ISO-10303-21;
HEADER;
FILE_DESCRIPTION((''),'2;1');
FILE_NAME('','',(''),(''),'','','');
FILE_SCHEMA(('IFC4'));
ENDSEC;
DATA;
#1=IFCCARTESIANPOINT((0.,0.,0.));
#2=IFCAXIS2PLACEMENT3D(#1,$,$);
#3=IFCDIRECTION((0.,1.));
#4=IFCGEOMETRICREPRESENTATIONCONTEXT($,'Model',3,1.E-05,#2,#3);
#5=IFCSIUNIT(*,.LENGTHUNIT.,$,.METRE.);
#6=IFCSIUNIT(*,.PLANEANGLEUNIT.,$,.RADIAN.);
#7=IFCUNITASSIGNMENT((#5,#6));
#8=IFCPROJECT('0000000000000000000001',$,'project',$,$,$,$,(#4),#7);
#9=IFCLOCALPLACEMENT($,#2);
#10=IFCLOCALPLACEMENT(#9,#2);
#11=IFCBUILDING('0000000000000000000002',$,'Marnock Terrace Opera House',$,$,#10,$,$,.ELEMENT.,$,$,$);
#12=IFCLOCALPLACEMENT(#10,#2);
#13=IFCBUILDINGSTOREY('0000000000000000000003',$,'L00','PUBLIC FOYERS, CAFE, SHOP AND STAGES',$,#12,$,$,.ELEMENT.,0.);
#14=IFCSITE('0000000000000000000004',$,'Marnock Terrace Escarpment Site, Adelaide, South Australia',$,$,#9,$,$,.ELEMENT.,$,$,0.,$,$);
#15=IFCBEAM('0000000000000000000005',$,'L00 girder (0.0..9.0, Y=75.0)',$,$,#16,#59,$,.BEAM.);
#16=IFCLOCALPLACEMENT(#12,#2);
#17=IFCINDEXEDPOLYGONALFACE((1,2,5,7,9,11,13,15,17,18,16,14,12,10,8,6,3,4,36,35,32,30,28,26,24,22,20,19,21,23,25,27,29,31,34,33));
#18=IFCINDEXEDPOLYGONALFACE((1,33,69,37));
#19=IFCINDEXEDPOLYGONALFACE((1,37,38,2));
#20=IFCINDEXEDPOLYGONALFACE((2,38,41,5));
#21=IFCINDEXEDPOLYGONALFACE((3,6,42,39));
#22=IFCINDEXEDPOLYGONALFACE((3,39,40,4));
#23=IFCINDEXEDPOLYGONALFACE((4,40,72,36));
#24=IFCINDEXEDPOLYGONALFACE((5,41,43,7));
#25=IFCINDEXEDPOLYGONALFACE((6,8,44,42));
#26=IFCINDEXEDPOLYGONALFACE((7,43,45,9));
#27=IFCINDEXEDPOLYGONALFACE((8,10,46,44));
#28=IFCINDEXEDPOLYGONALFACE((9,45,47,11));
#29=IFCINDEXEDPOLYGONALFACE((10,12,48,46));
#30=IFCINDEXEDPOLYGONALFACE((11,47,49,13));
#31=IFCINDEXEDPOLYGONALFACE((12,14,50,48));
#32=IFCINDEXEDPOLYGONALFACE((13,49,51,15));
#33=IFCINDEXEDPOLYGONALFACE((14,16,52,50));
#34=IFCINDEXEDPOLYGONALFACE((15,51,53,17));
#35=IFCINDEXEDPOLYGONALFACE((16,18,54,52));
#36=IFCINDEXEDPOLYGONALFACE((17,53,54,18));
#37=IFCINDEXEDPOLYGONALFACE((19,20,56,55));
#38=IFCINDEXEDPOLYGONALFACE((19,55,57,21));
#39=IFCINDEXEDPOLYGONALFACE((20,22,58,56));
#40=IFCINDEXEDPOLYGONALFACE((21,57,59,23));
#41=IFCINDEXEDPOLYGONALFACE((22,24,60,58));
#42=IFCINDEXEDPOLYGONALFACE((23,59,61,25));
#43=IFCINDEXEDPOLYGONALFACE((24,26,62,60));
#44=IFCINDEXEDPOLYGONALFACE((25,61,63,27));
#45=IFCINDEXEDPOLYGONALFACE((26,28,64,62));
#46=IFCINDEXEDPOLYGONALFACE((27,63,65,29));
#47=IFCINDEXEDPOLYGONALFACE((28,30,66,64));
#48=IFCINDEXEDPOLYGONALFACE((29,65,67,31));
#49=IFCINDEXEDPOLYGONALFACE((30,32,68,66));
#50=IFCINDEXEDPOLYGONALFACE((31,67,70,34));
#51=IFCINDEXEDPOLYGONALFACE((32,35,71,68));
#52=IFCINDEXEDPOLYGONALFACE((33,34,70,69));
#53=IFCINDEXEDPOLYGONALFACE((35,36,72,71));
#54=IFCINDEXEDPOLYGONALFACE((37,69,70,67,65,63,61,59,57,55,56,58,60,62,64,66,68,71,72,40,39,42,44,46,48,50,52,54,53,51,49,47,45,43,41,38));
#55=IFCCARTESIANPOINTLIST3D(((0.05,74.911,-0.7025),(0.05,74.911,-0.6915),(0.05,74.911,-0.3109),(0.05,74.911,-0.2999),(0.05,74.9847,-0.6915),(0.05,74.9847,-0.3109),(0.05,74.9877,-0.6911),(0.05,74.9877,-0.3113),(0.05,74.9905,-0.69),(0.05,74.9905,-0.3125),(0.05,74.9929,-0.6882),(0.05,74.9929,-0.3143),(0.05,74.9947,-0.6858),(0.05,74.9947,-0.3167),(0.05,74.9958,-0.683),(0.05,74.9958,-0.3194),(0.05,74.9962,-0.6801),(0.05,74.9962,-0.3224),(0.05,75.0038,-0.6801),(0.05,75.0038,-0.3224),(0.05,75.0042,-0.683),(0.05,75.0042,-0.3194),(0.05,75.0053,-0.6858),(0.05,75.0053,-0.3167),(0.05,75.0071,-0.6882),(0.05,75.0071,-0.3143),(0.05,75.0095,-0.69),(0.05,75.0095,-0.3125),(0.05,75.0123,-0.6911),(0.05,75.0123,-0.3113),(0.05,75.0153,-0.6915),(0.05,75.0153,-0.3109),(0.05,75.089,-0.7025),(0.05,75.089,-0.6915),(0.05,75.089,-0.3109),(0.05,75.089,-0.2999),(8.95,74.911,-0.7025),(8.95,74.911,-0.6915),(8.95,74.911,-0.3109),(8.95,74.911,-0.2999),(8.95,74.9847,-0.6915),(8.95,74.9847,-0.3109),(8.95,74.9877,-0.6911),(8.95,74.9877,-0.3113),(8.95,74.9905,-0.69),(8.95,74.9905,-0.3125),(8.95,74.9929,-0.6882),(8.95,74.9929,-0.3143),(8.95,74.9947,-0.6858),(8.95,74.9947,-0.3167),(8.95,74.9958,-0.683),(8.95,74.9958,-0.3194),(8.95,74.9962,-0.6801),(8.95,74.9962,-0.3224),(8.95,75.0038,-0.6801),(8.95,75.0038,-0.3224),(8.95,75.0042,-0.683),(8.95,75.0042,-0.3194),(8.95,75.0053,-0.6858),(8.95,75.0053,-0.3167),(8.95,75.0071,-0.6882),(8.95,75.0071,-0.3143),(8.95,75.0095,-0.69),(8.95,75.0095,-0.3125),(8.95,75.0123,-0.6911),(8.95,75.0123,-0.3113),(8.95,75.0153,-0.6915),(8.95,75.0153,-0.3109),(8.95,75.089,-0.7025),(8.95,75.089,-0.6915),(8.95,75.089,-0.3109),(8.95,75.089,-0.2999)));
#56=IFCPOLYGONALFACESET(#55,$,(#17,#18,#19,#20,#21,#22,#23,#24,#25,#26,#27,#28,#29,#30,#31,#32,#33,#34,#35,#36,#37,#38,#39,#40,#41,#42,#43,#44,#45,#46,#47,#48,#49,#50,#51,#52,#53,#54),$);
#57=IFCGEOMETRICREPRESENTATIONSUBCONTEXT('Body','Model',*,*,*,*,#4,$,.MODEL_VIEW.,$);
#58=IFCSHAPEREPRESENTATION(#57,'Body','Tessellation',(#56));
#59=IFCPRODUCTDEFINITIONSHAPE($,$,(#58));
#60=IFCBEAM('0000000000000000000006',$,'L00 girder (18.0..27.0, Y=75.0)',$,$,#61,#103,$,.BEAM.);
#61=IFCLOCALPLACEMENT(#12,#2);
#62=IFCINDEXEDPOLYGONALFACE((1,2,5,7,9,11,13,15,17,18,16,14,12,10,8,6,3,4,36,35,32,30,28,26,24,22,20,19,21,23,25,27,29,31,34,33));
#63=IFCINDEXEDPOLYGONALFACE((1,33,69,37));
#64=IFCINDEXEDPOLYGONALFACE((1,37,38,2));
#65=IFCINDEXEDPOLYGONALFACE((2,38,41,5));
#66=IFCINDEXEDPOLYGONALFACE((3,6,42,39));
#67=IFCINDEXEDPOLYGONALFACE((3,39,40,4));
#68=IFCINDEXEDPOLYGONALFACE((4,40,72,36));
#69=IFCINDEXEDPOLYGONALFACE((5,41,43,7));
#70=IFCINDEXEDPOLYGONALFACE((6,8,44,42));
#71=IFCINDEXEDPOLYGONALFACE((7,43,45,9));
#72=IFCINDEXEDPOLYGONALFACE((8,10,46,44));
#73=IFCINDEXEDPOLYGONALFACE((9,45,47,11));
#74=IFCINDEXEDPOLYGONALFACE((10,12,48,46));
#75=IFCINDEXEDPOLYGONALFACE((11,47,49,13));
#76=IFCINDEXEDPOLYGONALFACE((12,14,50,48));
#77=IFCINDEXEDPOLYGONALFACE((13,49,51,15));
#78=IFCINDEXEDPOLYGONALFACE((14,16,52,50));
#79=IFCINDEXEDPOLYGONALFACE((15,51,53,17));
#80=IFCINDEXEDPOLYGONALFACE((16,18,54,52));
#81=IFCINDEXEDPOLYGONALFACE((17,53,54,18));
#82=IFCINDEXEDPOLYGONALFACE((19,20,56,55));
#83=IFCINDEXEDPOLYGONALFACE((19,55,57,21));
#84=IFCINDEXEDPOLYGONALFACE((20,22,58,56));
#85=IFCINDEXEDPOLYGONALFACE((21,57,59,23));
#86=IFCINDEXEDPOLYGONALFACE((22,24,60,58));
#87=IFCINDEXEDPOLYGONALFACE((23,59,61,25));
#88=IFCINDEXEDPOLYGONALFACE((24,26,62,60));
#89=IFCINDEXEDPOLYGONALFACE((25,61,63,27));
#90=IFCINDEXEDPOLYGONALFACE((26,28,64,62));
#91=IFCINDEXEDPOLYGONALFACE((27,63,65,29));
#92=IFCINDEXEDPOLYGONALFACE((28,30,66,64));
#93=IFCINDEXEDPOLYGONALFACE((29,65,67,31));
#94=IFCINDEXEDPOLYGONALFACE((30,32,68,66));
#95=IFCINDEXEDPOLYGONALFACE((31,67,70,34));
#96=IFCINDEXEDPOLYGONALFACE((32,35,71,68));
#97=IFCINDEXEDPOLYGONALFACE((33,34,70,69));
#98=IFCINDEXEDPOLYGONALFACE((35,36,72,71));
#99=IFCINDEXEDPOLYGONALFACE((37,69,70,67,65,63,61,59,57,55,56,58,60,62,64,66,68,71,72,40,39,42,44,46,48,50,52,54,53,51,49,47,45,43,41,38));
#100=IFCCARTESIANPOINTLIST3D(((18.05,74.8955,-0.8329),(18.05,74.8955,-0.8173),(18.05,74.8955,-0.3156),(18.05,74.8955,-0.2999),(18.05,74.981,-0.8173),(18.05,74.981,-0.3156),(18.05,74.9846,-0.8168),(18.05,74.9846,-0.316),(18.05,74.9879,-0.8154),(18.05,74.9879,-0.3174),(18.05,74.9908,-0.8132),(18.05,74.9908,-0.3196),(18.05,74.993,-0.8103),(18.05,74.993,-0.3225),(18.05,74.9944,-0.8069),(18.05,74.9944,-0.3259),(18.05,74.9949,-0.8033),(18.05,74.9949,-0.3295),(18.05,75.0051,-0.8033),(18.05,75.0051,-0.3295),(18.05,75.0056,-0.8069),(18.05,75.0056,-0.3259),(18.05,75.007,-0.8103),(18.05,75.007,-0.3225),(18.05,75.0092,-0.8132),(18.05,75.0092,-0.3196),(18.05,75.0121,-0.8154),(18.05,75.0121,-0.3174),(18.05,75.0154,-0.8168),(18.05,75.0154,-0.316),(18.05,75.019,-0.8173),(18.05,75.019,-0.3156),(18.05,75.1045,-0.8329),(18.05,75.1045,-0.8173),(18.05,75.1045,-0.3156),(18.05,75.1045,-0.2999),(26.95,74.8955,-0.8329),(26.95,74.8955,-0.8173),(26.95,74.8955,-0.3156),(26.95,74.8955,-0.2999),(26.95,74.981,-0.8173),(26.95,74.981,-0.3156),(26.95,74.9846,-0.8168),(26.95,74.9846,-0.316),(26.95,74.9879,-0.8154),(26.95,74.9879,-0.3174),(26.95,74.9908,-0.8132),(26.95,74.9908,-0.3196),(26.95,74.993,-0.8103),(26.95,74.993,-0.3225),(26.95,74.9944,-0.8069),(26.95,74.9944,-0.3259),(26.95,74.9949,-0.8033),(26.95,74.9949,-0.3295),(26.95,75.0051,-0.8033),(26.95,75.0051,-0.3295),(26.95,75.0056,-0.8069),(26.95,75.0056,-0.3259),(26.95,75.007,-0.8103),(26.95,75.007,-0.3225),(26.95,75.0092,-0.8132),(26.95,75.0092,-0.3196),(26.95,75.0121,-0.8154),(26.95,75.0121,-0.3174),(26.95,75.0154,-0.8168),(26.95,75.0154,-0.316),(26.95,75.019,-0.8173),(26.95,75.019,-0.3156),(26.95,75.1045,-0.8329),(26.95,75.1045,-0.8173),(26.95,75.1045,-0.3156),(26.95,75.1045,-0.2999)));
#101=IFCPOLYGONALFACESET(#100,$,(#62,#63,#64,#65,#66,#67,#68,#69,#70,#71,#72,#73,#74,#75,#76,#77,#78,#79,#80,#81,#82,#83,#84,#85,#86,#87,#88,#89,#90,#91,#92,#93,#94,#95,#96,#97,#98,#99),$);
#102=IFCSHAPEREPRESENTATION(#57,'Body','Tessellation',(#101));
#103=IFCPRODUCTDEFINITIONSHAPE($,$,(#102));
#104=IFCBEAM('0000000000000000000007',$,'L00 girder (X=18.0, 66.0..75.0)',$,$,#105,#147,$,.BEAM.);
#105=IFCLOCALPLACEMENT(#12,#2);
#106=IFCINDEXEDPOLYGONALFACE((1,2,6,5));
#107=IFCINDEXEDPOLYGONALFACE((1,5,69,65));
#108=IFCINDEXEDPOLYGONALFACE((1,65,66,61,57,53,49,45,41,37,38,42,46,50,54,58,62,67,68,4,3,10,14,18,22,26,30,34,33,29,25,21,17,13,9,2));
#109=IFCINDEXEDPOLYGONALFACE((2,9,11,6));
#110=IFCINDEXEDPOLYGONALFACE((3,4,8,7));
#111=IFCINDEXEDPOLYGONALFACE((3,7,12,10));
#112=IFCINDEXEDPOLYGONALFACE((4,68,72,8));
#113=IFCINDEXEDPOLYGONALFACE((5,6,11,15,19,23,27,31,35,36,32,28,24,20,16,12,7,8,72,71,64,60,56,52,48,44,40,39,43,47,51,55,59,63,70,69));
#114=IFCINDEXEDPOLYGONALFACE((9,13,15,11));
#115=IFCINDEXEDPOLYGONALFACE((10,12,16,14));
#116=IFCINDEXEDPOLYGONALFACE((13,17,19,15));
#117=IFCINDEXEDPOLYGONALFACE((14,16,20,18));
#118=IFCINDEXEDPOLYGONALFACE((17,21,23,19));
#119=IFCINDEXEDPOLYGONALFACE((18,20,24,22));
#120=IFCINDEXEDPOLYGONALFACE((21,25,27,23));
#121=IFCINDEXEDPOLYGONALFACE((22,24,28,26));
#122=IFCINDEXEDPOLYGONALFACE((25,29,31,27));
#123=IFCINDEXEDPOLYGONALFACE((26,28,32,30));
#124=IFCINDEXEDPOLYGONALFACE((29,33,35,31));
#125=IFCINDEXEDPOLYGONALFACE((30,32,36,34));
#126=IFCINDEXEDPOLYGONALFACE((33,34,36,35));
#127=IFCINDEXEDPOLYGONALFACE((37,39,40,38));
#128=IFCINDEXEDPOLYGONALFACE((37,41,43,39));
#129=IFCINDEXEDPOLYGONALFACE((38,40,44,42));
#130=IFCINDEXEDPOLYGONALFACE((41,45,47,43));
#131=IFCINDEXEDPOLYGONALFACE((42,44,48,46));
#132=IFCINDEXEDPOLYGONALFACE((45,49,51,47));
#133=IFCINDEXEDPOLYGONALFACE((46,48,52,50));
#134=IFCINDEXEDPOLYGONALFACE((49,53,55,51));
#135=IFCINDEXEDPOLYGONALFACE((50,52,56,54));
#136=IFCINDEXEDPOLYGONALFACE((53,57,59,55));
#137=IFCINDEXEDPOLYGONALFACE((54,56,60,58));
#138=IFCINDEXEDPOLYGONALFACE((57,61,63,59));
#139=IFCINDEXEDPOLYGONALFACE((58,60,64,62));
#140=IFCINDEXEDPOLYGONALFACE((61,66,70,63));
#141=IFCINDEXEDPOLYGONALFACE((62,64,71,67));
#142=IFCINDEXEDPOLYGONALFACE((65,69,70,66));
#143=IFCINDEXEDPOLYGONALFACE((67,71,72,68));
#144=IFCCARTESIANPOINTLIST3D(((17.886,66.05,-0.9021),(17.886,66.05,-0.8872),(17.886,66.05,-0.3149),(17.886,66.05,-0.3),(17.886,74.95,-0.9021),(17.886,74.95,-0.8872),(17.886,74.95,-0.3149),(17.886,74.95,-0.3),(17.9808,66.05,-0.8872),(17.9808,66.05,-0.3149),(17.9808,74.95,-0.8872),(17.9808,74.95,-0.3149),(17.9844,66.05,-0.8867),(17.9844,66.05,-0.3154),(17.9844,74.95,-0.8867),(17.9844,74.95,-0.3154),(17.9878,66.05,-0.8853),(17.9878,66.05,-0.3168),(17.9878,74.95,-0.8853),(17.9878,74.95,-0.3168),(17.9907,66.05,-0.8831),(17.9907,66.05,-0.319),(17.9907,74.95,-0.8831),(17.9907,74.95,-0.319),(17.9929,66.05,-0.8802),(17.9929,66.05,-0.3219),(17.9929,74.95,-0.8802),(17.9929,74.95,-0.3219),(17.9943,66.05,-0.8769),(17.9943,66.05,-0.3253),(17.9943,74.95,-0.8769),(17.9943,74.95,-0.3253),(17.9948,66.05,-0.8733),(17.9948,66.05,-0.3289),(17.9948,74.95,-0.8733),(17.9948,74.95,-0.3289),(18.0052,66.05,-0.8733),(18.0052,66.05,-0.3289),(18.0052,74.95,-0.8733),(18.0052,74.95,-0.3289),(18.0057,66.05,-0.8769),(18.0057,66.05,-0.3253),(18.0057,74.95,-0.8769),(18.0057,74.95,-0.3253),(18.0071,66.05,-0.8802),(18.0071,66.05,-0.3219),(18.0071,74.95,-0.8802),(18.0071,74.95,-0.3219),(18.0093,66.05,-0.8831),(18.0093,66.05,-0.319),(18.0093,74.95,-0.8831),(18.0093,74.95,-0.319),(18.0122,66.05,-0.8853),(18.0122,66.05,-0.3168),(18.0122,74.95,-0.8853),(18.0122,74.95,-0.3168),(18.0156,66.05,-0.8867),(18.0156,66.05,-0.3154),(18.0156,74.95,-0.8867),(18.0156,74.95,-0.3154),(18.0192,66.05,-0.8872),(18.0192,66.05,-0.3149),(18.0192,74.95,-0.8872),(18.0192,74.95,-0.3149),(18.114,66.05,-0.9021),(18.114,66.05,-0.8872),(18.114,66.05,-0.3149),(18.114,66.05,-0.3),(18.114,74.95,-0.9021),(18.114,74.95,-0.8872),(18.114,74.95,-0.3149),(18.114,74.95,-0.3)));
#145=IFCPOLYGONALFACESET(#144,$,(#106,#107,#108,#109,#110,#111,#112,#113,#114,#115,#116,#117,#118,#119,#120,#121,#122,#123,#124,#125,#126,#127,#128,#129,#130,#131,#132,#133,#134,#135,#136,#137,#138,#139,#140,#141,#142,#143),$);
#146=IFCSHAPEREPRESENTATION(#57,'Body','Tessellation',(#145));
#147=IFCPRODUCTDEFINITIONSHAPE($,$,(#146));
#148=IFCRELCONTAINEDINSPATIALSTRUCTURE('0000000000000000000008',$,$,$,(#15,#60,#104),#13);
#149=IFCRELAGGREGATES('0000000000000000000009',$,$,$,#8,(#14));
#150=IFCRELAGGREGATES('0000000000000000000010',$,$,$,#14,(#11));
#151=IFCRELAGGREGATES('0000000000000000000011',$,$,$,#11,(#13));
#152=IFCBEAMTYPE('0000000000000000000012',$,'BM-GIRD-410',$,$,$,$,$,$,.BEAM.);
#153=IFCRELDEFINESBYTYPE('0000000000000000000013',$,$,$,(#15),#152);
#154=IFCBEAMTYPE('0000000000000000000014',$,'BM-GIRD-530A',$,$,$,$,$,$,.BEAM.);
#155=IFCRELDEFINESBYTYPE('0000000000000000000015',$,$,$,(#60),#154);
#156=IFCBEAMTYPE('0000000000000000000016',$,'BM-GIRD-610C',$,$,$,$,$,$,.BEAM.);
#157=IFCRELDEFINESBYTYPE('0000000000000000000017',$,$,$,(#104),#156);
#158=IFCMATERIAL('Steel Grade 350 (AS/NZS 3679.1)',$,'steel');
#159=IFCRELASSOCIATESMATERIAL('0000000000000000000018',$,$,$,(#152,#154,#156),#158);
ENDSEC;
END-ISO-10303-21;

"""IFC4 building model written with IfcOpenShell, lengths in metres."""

from ifc_helpers import new_model, si_unit, direction, frame, origin, origin_2d, place, context, subcontext, project, spatial, i_section, extrude, material, material_profile, profile_set, type_object, element, save


model = new_model("IFC4")

# Units and contexts
model_context = context("Model", 3, precision=1e-05, world=origin(), true_north=direction((0.0, 1.0)))
body_context = subcontext(model_context, "Body", "Model", "MODEL_VIEW")
ifc_project = project(units=[si_unit("LENGTHUNIT", "METRE"), si_unit("PLANEANGLEUNIT", "RADIAN")], contexts=[model_context])

# Site, building, storey
site_placement = place(None, origin())
site = spatial("IfcSite", under=ifc_project, at=site_placement, Name="Marnock Terrace Escarpment Site, Adelaide, South Australia", CompositionType="ELEMENT", RefElevation=0.0)
building_placement = place(site_placement, origin())
building = spatial("IfcBuilding", under=site, at=building_placement, Name="Marnock Terrace Opera House", CompositionType="ELEMENT")
storey_placement = place(building_placement, origin())
storey = spatial("IfcBuildingStorey", under=building, at=storey_placement, Name="L00", Description="PUBLIC FOYERS, CAFE, SHOP AND STAGES", CompositionType="ELEMENT", Elevation=0.0)

# Shared definitions
ifc_material_1 = material(Name="Steel Grade 350 (AS/NZS 3679.1)", Category="steel")

# Beams
ifc_material_profile_1 = material_profile(ifc_material_1, i_section(OverallWidth=0.178, OverallDepth=0.4026, WebThickness=0.0076, FlangeThickness=0.011, FilletRadius=0.0115, at=origin_2d()))
ifc_profile_set_1 = profile_set([ifc_material_profile_1], Name="Steel Grade 350 (AS/NZS 3679.1)")
beam_type_1 = type_object("IfcBeamType", Name="BM-GIRD-410", PredefinedType="BEAM", material=ifc_profile_set_1)
beam_1_placement = place(storey_placement, frame((0.05, 75.0, -0.5012), z_axis=(1.0, 0.0, 0.0), x_axis=(0.0, 1.0, 0.0)))
element("IfcBeam", 1, at=beam_1_placement, inside=storey, type_object=beam_type_1, Name="L00 girder (0.0..9.0, Y=75.0)", PredefinedType="BEAM", context=body_context, shape_type="SweptSolid", body=[
    extrude(i_section(OverallWidth=0.178, OverallDepth=0.4026, WebThickness=0.0076, FlangeThickness=0.011, FilletRadius=0.0115, at=origin_2d()), origin(), (0.0, 0.0, 1.0), 8.8999),
])
ifc_material_profile_2 = material_profile(ifc_material_1, i_section(OverallWidth=0.209, OverallDepth=0.533, WebThickness=0.0103, FlangeThickness=0.0156, FilletRadius=0.0139, at=origin_2d()))
ifc_profile_set_2 = profile_set([ifc_material_profile_2], Name="Steel Grade 350 (AS/NZS 3679.1)")
beam_type_2 = type_object("IfcBeamType", Name="BM-GIRD-530A", PredefinedType="BEAM", material=ifc_profile_set_2)
beam_2_placement = place(storey_placement, frame((18.05, 75.0, -0.5664), z_axis=(1.0, 0.0, 0.0), x_axis=(0.0, 1.0, 0.0)))
element("IfcBeam", 2, at=beam_2_placement, inside=storey, type_object=beam_type_2, Name="L00 girder (18.0..27.0, Y=75.0)", PredefinedType="BEAM", context=body_context, shape_type="SweptSolid", body=[
    extrude(i_section(OverallWidth=0.209, OverallDepth=0.533, WebThickness=0.0103, FlangeThickness=0.0156, FilletRadius=0.0139, at=origin_2d()), origin(), (0.0, 0.0, 1.0), 8.8999),
])
ifc_material_profile_3 = material_profile(ifc_material_1, i_section(OverallWidth=0.228, OverallDepth=0.6021, WebThickness=0.0105, FlangeThickness=0.0149, FilletRadius=0.0139, at=origin_2d()))
ifc_profile_set_3 = profile_set([ifc_material_profile_3], Name="Steel Grade 350 (AS/NZS 3679.1)")
beam_type_3 = type_object("IfcBeamType", Name="BM-GIRD-610C", PredefinedType="BEAM", material=ifc_profile_set_3)
beam_3_placement = place(storey_placement, frame((18.0, 66.05, -0.6011), z_axis=(0.0, 1.0, 0.0), x_axis=(-1.0, 0.0, 0.0)))
element("IfcBeam", 3, at=beam_3_placement, inside=storey, type_object=beam_type_3, Name="L00 girder (X=18.0, 66.0..75.0)", PredefinedType="BEAM", context=body_context, shape_type="SweptSolid", body=[
    extrude(i_section(OverallWidth=0.228, OverallDepth=0.6021, WebThickness=0.0105, FlangeThickness=0.0149, FilletRadius=0.0139, at=origin_2d()), origin(), (0.0, 0.0, 1.0), 8.8999),
])

save(model, "model.ifc")
